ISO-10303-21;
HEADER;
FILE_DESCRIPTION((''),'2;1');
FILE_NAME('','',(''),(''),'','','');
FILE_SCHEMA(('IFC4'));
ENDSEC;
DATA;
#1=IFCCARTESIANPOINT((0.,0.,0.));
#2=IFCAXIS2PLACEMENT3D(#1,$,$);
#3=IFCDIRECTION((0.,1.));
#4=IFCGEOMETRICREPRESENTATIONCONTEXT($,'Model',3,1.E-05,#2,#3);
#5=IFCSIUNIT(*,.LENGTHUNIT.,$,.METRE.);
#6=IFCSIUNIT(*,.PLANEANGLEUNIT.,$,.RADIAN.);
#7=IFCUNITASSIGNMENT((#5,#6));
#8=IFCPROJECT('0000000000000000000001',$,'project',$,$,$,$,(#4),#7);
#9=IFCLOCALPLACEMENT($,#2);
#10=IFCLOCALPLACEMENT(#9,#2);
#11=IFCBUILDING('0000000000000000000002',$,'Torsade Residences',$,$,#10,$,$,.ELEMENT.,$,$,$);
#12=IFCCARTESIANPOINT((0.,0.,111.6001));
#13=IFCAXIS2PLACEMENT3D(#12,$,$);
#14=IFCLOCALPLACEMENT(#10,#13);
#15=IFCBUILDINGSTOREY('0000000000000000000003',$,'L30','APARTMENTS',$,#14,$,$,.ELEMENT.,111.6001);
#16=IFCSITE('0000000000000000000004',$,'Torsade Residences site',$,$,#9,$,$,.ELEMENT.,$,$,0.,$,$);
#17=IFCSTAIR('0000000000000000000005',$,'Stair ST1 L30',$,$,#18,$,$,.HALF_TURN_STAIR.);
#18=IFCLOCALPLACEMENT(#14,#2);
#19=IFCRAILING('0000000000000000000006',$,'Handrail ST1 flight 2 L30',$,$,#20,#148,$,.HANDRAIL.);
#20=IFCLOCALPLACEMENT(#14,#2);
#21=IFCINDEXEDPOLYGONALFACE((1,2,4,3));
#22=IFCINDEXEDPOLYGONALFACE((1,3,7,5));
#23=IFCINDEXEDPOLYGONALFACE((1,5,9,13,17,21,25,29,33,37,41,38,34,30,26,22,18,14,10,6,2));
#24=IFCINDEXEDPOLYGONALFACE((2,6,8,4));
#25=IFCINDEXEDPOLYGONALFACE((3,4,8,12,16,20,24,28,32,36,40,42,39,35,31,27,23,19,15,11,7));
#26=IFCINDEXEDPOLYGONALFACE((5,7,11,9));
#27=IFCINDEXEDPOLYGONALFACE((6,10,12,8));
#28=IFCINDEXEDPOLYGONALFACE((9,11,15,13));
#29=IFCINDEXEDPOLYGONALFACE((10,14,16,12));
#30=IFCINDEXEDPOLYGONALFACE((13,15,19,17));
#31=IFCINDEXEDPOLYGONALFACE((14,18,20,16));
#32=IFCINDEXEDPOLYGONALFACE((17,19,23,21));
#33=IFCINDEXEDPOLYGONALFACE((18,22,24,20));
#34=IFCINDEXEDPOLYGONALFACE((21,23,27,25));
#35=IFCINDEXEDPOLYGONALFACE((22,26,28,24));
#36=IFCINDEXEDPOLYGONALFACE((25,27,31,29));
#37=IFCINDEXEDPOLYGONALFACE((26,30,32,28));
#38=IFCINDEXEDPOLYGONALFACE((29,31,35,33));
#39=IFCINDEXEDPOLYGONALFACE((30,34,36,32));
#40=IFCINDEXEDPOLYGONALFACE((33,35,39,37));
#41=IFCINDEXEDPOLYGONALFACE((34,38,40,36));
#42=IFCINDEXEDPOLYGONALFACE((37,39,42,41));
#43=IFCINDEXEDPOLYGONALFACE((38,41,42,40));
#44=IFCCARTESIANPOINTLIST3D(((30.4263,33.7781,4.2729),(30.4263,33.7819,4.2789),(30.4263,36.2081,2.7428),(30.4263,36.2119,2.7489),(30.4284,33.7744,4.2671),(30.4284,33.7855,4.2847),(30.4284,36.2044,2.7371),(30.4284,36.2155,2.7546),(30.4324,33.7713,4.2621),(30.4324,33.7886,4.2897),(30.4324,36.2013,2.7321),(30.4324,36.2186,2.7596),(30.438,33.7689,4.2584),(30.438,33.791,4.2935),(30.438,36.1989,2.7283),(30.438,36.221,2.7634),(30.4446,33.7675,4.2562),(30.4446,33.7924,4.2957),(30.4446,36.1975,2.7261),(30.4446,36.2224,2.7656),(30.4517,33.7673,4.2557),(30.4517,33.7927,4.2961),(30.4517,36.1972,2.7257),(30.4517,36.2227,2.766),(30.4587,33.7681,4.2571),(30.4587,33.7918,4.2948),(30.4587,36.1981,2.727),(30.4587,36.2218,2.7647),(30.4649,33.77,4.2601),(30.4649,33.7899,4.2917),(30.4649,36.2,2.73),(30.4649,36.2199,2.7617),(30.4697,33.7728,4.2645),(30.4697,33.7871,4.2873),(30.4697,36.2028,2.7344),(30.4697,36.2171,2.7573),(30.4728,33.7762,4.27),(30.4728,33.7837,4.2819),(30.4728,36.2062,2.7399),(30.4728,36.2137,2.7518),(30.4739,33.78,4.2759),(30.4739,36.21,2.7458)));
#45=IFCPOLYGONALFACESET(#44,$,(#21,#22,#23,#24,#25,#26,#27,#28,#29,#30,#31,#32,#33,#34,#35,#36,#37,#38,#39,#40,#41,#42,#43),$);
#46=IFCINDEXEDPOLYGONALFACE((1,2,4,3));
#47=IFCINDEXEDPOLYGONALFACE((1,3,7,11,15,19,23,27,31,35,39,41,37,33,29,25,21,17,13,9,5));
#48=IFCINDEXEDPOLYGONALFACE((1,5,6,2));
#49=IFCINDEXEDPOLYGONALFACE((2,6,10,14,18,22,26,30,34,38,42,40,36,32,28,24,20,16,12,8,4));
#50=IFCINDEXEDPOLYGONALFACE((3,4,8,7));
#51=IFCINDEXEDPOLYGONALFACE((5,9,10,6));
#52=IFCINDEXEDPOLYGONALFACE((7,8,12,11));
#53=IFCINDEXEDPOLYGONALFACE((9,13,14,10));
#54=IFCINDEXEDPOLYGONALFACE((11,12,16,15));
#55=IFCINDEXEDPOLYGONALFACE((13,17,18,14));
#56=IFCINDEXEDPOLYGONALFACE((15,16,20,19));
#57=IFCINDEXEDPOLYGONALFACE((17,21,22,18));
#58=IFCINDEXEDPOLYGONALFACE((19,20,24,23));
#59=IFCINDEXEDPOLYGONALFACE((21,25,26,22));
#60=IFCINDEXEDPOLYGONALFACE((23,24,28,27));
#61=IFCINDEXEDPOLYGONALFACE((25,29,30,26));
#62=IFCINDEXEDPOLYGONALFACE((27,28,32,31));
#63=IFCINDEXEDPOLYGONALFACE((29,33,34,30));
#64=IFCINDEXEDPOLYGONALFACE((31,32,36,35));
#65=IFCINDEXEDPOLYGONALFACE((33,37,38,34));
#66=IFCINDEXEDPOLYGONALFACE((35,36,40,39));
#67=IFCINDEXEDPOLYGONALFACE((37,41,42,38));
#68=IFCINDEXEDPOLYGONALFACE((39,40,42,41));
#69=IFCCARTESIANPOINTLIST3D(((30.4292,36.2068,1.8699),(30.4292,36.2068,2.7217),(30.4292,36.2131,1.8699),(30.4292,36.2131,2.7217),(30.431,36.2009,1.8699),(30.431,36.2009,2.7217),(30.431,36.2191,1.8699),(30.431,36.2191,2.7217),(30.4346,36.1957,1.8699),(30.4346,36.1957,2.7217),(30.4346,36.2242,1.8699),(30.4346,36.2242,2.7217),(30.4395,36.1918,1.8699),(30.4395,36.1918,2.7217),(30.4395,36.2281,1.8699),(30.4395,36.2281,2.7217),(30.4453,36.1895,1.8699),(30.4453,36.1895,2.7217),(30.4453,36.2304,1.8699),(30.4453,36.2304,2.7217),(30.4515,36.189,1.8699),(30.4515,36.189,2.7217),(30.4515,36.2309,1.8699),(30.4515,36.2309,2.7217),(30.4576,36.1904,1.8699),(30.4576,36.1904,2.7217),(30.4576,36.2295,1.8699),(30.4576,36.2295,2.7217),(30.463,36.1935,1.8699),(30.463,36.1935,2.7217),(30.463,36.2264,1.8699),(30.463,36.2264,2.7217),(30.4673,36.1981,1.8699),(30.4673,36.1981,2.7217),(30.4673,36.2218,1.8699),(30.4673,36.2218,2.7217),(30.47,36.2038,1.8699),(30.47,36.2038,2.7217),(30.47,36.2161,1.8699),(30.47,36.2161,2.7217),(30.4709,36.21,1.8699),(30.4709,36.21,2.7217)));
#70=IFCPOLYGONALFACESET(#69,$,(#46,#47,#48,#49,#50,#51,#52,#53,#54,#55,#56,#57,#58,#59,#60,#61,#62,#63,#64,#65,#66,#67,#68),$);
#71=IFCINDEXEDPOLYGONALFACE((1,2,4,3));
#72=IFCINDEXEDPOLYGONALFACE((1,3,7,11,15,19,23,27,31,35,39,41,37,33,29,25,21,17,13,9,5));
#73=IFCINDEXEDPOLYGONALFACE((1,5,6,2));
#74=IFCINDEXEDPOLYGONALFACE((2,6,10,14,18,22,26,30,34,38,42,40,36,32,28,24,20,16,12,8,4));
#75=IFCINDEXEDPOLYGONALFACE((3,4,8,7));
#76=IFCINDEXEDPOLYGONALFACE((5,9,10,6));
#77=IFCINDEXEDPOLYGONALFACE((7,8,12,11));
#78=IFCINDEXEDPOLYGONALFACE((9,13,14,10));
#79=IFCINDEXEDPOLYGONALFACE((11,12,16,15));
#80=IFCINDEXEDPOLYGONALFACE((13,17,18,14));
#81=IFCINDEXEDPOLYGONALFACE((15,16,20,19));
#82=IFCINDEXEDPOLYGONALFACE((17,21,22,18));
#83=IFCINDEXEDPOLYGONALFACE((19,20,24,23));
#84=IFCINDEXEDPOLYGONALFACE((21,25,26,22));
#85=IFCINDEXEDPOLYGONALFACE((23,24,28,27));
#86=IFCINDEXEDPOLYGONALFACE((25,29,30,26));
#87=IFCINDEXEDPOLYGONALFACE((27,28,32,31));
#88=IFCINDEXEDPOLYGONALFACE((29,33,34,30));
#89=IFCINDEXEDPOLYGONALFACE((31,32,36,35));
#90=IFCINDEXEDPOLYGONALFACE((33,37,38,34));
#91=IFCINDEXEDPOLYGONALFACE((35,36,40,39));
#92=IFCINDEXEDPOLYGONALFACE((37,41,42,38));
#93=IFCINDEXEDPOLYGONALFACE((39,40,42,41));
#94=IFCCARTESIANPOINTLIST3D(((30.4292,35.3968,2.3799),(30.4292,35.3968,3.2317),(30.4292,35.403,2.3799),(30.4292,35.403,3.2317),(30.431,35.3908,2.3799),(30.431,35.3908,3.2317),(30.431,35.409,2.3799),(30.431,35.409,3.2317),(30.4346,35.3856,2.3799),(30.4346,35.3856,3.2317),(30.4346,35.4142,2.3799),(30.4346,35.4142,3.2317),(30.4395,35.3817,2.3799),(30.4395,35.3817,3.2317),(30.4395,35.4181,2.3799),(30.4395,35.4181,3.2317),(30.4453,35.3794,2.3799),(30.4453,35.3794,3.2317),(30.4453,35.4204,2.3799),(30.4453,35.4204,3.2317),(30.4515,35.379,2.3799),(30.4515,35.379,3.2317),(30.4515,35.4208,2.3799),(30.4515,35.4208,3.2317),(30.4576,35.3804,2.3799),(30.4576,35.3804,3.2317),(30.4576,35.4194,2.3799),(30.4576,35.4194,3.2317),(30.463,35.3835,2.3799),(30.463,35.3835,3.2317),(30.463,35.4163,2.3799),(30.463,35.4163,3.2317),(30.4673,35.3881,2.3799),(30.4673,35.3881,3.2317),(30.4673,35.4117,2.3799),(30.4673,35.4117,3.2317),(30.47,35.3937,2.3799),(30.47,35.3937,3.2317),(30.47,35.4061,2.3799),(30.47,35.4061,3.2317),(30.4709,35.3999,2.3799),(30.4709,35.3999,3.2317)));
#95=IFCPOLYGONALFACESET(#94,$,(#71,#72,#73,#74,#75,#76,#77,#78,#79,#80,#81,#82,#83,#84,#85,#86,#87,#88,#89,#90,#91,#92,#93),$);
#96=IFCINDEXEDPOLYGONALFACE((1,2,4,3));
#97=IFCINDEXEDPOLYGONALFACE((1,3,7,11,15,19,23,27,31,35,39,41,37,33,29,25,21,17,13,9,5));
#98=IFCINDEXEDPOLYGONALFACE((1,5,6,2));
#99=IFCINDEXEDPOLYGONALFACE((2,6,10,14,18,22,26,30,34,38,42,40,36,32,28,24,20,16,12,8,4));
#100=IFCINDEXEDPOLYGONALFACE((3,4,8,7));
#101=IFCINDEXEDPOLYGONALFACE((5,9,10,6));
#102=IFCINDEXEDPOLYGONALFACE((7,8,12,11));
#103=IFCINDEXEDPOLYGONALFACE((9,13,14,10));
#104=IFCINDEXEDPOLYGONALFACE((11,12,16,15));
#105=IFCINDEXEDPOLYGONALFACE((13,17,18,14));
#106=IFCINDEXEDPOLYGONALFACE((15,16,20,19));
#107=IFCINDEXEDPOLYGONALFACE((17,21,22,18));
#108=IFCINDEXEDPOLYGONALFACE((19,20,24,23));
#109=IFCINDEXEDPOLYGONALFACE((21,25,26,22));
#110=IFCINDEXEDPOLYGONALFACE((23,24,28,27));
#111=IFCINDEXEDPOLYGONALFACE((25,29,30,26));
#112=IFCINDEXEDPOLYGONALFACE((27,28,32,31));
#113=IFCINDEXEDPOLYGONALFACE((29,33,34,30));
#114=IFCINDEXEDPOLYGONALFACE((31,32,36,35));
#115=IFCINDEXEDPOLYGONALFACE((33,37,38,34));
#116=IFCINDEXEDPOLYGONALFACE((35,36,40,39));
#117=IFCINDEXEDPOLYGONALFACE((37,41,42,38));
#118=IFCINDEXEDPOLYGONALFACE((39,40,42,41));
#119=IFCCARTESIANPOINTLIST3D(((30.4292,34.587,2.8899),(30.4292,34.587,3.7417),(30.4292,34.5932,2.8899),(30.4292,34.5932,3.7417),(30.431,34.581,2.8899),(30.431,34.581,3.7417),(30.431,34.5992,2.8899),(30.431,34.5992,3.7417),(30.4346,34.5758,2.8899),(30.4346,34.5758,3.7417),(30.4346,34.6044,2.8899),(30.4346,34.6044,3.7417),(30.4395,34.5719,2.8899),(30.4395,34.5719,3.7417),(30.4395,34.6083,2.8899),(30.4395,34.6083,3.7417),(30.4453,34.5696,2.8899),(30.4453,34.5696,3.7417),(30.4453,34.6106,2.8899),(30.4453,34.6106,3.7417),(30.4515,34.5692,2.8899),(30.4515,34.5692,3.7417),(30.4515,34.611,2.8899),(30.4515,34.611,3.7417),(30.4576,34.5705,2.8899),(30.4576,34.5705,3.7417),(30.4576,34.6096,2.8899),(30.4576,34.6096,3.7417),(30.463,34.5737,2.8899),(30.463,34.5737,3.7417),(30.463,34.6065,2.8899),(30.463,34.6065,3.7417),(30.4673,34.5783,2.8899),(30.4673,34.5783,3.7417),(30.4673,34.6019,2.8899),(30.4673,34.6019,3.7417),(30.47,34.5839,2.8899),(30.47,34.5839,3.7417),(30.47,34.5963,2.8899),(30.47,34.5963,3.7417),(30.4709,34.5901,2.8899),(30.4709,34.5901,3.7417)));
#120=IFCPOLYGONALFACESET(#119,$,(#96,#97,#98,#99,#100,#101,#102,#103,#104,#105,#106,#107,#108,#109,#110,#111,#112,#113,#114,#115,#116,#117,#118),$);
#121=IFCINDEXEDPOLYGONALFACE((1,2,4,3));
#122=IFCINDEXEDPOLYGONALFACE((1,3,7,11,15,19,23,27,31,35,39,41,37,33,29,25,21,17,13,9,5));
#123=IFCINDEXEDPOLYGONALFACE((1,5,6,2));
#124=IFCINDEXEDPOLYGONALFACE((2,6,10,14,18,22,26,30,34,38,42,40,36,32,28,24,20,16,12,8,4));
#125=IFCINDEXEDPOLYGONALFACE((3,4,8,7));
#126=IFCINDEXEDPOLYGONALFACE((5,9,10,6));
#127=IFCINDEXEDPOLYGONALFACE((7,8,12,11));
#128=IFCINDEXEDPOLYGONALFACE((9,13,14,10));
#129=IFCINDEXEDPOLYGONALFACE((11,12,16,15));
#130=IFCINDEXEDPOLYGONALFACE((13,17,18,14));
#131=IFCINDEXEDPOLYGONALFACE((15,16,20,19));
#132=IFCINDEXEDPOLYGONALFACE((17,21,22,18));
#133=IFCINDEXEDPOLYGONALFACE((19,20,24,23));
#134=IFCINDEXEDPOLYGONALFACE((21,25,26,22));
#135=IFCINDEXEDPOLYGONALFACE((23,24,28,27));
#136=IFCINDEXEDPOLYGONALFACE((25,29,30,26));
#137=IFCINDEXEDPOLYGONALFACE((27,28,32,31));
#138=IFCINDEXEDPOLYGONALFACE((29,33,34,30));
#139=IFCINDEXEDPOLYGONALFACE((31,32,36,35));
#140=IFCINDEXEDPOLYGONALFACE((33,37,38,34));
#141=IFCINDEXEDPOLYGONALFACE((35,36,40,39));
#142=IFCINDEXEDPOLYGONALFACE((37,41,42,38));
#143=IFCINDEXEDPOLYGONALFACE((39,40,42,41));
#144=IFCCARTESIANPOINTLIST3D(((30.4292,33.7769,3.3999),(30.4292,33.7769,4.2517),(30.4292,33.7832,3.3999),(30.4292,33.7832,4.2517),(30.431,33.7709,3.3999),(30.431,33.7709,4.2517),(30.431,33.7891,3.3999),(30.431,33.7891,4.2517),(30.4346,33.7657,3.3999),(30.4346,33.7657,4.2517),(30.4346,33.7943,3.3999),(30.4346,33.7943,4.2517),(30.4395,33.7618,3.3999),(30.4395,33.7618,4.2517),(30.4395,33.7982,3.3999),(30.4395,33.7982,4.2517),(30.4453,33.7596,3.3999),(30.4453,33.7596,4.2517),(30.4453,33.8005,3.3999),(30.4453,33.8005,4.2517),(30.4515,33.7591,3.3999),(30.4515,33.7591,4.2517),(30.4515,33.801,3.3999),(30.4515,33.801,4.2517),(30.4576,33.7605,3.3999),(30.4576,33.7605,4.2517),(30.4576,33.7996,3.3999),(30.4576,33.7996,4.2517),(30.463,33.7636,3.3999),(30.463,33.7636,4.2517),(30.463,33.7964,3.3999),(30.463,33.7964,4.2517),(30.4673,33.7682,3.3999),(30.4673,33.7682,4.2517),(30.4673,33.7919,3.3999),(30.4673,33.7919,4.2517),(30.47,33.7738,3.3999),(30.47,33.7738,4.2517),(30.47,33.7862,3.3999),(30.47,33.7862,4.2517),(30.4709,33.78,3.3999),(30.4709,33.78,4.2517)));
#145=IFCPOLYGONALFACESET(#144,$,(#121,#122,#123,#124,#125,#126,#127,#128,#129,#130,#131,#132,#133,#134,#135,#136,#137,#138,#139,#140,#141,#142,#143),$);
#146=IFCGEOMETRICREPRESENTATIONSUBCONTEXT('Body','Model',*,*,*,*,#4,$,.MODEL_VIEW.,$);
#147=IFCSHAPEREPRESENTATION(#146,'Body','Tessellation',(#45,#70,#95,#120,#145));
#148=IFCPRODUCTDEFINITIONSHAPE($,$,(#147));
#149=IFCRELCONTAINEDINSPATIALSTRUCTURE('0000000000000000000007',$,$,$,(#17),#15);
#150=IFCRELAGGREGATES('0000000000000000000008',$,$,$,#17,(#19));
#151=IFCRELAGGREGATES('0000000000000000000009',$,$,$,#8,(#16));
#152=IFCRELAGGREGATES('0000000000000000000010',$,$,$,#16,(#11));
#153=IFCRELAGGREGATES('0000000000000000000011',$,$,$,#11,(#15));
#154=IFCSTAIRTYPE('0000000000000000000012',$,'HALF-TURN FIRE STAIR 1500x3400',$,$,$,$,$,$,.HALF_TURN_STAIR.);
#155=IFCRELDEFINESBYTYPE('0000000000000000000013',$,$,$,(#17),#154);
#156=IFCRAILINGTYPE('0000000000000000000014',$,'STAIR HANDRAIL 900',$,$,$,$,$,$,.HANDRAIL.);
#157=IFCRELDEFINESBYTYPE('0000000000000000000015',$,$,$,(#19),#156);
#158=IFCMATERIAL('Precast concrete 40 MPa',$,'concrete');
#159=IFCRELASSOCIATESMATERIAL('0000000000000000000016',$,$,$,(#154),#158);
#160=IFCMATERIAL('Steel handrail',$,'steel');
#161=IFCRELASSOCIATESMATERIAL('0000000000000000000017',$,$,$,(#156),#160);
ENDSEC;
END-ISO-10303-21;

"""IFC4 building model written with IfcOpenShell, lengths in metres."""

from ifc_helpers import new_model, si_unit, direction, frame, origin, origin_2d, place, context, subcontext, project, spatial, circle, extrude, material, type_object, element, aggregate, save


model = new_model("IFC4")

# Units and contexts
model_context = context("Model", 3, precision=1e-05, world=origin(), true_north=direction((0.0, 1.0)))
body_context = subcontext(model_context, "Body", "Model", "MODEL_VIEW")
ifc_project = project(units=[si_unit("LENGTHUNIT", "METRE"), si_unit("PLANEANGLEUNIT", "RADIAN")], contexts=[model_context])

# Site, building, storey
site_placement = place(None, origin())
site = spatial("IfcSite", under=ifc_project, at=site_placement, Name="Torsade Residences site", CompositionType="ELEMENT", RefElevation=0.0)
building_placement = place(site_placement, origin())
building = spatial("IfcBuilding", under=site, at=building_placement, Name="Torsade Residences", CompositionType="ELEMENT")
storey_placement = place(building_placement, frame((0.0, 0.0, 111.6001)))
storey = spatial("IfcBuildingStorey", under=building, at=storey_placement, Name="L30", Description="APARTMENTS", CompositionType="ELEMENT", Elevation=111.6001)

# Stair, railing
ifc_material_1 = material(Name="Precast concrete 40 MPa", Category="concrete")
stair_type = type_object("IfcStairType", Name="HALF-TURN FIRE STAIR 1500x3400", PredefinedType="HALF_TURN_STAIR", material=ifc_material_1)
stair_placement = place(storey_placement, origin())
stair = element("IfcStair", 1, at=stair_placement, inside=storey, type_object=stair_type, Name="Stair ST1 L30", PredefinedType="HALF_TURN_STAIR")
ifc_material_2 = material(Name="Steel handrail", Category="steel")
railing_type = type_object("IfcRailingType", Name="STAIR HANDRAIL 900", PredefinedType="HANDRAIL", material=ifc_material_2)
railing_1_placement = place(storey_placement, frame((30.45, 36.21, 1.8699)))
railing_1 = element("IfcRailing", 2, at=railing_1_placement, type_object=railing_type, Name="Handrail ST1 flight 2 L30", PredefinedType="HANDRAIL", context=body_context, shape_type="SweptSolid", body=[
    extrude(circle(Radius=0.0239, at=origin_2d()), frame((0.0, 0.0, 0.876), z_axis=(0.0, -0.846221, 0.532831), x_axis=(1.0, 0.0, 0.0)), (0.0, 0.0, 1.0), 2.8716),
    extrude(circle(Radius=0.021, at=origin_2d()), origin(), (0.0, 0.0, 1.0), 0.8518),
    extrude(circle(Radius=0.021, at=origin_2d()), frame((0.0, -0.8101, 0.51)), (0.0, 0.0, 1.0), 0.8518),
    extrude(circle(Radius=0.021, at=origin_2d()), frame((0.0, -1.6199, 1.02)), (0.0, 0.0, 1.0), 0.8518),
    extrude(circle(Radius=0.021, at=origin_2d()), frame((0.0, -2.4299, 1.53)), (0.0, 0.0, 1.0), 0.8518),
])
aggregate(stair, [railing_1])

save(model, "model.ifc")
